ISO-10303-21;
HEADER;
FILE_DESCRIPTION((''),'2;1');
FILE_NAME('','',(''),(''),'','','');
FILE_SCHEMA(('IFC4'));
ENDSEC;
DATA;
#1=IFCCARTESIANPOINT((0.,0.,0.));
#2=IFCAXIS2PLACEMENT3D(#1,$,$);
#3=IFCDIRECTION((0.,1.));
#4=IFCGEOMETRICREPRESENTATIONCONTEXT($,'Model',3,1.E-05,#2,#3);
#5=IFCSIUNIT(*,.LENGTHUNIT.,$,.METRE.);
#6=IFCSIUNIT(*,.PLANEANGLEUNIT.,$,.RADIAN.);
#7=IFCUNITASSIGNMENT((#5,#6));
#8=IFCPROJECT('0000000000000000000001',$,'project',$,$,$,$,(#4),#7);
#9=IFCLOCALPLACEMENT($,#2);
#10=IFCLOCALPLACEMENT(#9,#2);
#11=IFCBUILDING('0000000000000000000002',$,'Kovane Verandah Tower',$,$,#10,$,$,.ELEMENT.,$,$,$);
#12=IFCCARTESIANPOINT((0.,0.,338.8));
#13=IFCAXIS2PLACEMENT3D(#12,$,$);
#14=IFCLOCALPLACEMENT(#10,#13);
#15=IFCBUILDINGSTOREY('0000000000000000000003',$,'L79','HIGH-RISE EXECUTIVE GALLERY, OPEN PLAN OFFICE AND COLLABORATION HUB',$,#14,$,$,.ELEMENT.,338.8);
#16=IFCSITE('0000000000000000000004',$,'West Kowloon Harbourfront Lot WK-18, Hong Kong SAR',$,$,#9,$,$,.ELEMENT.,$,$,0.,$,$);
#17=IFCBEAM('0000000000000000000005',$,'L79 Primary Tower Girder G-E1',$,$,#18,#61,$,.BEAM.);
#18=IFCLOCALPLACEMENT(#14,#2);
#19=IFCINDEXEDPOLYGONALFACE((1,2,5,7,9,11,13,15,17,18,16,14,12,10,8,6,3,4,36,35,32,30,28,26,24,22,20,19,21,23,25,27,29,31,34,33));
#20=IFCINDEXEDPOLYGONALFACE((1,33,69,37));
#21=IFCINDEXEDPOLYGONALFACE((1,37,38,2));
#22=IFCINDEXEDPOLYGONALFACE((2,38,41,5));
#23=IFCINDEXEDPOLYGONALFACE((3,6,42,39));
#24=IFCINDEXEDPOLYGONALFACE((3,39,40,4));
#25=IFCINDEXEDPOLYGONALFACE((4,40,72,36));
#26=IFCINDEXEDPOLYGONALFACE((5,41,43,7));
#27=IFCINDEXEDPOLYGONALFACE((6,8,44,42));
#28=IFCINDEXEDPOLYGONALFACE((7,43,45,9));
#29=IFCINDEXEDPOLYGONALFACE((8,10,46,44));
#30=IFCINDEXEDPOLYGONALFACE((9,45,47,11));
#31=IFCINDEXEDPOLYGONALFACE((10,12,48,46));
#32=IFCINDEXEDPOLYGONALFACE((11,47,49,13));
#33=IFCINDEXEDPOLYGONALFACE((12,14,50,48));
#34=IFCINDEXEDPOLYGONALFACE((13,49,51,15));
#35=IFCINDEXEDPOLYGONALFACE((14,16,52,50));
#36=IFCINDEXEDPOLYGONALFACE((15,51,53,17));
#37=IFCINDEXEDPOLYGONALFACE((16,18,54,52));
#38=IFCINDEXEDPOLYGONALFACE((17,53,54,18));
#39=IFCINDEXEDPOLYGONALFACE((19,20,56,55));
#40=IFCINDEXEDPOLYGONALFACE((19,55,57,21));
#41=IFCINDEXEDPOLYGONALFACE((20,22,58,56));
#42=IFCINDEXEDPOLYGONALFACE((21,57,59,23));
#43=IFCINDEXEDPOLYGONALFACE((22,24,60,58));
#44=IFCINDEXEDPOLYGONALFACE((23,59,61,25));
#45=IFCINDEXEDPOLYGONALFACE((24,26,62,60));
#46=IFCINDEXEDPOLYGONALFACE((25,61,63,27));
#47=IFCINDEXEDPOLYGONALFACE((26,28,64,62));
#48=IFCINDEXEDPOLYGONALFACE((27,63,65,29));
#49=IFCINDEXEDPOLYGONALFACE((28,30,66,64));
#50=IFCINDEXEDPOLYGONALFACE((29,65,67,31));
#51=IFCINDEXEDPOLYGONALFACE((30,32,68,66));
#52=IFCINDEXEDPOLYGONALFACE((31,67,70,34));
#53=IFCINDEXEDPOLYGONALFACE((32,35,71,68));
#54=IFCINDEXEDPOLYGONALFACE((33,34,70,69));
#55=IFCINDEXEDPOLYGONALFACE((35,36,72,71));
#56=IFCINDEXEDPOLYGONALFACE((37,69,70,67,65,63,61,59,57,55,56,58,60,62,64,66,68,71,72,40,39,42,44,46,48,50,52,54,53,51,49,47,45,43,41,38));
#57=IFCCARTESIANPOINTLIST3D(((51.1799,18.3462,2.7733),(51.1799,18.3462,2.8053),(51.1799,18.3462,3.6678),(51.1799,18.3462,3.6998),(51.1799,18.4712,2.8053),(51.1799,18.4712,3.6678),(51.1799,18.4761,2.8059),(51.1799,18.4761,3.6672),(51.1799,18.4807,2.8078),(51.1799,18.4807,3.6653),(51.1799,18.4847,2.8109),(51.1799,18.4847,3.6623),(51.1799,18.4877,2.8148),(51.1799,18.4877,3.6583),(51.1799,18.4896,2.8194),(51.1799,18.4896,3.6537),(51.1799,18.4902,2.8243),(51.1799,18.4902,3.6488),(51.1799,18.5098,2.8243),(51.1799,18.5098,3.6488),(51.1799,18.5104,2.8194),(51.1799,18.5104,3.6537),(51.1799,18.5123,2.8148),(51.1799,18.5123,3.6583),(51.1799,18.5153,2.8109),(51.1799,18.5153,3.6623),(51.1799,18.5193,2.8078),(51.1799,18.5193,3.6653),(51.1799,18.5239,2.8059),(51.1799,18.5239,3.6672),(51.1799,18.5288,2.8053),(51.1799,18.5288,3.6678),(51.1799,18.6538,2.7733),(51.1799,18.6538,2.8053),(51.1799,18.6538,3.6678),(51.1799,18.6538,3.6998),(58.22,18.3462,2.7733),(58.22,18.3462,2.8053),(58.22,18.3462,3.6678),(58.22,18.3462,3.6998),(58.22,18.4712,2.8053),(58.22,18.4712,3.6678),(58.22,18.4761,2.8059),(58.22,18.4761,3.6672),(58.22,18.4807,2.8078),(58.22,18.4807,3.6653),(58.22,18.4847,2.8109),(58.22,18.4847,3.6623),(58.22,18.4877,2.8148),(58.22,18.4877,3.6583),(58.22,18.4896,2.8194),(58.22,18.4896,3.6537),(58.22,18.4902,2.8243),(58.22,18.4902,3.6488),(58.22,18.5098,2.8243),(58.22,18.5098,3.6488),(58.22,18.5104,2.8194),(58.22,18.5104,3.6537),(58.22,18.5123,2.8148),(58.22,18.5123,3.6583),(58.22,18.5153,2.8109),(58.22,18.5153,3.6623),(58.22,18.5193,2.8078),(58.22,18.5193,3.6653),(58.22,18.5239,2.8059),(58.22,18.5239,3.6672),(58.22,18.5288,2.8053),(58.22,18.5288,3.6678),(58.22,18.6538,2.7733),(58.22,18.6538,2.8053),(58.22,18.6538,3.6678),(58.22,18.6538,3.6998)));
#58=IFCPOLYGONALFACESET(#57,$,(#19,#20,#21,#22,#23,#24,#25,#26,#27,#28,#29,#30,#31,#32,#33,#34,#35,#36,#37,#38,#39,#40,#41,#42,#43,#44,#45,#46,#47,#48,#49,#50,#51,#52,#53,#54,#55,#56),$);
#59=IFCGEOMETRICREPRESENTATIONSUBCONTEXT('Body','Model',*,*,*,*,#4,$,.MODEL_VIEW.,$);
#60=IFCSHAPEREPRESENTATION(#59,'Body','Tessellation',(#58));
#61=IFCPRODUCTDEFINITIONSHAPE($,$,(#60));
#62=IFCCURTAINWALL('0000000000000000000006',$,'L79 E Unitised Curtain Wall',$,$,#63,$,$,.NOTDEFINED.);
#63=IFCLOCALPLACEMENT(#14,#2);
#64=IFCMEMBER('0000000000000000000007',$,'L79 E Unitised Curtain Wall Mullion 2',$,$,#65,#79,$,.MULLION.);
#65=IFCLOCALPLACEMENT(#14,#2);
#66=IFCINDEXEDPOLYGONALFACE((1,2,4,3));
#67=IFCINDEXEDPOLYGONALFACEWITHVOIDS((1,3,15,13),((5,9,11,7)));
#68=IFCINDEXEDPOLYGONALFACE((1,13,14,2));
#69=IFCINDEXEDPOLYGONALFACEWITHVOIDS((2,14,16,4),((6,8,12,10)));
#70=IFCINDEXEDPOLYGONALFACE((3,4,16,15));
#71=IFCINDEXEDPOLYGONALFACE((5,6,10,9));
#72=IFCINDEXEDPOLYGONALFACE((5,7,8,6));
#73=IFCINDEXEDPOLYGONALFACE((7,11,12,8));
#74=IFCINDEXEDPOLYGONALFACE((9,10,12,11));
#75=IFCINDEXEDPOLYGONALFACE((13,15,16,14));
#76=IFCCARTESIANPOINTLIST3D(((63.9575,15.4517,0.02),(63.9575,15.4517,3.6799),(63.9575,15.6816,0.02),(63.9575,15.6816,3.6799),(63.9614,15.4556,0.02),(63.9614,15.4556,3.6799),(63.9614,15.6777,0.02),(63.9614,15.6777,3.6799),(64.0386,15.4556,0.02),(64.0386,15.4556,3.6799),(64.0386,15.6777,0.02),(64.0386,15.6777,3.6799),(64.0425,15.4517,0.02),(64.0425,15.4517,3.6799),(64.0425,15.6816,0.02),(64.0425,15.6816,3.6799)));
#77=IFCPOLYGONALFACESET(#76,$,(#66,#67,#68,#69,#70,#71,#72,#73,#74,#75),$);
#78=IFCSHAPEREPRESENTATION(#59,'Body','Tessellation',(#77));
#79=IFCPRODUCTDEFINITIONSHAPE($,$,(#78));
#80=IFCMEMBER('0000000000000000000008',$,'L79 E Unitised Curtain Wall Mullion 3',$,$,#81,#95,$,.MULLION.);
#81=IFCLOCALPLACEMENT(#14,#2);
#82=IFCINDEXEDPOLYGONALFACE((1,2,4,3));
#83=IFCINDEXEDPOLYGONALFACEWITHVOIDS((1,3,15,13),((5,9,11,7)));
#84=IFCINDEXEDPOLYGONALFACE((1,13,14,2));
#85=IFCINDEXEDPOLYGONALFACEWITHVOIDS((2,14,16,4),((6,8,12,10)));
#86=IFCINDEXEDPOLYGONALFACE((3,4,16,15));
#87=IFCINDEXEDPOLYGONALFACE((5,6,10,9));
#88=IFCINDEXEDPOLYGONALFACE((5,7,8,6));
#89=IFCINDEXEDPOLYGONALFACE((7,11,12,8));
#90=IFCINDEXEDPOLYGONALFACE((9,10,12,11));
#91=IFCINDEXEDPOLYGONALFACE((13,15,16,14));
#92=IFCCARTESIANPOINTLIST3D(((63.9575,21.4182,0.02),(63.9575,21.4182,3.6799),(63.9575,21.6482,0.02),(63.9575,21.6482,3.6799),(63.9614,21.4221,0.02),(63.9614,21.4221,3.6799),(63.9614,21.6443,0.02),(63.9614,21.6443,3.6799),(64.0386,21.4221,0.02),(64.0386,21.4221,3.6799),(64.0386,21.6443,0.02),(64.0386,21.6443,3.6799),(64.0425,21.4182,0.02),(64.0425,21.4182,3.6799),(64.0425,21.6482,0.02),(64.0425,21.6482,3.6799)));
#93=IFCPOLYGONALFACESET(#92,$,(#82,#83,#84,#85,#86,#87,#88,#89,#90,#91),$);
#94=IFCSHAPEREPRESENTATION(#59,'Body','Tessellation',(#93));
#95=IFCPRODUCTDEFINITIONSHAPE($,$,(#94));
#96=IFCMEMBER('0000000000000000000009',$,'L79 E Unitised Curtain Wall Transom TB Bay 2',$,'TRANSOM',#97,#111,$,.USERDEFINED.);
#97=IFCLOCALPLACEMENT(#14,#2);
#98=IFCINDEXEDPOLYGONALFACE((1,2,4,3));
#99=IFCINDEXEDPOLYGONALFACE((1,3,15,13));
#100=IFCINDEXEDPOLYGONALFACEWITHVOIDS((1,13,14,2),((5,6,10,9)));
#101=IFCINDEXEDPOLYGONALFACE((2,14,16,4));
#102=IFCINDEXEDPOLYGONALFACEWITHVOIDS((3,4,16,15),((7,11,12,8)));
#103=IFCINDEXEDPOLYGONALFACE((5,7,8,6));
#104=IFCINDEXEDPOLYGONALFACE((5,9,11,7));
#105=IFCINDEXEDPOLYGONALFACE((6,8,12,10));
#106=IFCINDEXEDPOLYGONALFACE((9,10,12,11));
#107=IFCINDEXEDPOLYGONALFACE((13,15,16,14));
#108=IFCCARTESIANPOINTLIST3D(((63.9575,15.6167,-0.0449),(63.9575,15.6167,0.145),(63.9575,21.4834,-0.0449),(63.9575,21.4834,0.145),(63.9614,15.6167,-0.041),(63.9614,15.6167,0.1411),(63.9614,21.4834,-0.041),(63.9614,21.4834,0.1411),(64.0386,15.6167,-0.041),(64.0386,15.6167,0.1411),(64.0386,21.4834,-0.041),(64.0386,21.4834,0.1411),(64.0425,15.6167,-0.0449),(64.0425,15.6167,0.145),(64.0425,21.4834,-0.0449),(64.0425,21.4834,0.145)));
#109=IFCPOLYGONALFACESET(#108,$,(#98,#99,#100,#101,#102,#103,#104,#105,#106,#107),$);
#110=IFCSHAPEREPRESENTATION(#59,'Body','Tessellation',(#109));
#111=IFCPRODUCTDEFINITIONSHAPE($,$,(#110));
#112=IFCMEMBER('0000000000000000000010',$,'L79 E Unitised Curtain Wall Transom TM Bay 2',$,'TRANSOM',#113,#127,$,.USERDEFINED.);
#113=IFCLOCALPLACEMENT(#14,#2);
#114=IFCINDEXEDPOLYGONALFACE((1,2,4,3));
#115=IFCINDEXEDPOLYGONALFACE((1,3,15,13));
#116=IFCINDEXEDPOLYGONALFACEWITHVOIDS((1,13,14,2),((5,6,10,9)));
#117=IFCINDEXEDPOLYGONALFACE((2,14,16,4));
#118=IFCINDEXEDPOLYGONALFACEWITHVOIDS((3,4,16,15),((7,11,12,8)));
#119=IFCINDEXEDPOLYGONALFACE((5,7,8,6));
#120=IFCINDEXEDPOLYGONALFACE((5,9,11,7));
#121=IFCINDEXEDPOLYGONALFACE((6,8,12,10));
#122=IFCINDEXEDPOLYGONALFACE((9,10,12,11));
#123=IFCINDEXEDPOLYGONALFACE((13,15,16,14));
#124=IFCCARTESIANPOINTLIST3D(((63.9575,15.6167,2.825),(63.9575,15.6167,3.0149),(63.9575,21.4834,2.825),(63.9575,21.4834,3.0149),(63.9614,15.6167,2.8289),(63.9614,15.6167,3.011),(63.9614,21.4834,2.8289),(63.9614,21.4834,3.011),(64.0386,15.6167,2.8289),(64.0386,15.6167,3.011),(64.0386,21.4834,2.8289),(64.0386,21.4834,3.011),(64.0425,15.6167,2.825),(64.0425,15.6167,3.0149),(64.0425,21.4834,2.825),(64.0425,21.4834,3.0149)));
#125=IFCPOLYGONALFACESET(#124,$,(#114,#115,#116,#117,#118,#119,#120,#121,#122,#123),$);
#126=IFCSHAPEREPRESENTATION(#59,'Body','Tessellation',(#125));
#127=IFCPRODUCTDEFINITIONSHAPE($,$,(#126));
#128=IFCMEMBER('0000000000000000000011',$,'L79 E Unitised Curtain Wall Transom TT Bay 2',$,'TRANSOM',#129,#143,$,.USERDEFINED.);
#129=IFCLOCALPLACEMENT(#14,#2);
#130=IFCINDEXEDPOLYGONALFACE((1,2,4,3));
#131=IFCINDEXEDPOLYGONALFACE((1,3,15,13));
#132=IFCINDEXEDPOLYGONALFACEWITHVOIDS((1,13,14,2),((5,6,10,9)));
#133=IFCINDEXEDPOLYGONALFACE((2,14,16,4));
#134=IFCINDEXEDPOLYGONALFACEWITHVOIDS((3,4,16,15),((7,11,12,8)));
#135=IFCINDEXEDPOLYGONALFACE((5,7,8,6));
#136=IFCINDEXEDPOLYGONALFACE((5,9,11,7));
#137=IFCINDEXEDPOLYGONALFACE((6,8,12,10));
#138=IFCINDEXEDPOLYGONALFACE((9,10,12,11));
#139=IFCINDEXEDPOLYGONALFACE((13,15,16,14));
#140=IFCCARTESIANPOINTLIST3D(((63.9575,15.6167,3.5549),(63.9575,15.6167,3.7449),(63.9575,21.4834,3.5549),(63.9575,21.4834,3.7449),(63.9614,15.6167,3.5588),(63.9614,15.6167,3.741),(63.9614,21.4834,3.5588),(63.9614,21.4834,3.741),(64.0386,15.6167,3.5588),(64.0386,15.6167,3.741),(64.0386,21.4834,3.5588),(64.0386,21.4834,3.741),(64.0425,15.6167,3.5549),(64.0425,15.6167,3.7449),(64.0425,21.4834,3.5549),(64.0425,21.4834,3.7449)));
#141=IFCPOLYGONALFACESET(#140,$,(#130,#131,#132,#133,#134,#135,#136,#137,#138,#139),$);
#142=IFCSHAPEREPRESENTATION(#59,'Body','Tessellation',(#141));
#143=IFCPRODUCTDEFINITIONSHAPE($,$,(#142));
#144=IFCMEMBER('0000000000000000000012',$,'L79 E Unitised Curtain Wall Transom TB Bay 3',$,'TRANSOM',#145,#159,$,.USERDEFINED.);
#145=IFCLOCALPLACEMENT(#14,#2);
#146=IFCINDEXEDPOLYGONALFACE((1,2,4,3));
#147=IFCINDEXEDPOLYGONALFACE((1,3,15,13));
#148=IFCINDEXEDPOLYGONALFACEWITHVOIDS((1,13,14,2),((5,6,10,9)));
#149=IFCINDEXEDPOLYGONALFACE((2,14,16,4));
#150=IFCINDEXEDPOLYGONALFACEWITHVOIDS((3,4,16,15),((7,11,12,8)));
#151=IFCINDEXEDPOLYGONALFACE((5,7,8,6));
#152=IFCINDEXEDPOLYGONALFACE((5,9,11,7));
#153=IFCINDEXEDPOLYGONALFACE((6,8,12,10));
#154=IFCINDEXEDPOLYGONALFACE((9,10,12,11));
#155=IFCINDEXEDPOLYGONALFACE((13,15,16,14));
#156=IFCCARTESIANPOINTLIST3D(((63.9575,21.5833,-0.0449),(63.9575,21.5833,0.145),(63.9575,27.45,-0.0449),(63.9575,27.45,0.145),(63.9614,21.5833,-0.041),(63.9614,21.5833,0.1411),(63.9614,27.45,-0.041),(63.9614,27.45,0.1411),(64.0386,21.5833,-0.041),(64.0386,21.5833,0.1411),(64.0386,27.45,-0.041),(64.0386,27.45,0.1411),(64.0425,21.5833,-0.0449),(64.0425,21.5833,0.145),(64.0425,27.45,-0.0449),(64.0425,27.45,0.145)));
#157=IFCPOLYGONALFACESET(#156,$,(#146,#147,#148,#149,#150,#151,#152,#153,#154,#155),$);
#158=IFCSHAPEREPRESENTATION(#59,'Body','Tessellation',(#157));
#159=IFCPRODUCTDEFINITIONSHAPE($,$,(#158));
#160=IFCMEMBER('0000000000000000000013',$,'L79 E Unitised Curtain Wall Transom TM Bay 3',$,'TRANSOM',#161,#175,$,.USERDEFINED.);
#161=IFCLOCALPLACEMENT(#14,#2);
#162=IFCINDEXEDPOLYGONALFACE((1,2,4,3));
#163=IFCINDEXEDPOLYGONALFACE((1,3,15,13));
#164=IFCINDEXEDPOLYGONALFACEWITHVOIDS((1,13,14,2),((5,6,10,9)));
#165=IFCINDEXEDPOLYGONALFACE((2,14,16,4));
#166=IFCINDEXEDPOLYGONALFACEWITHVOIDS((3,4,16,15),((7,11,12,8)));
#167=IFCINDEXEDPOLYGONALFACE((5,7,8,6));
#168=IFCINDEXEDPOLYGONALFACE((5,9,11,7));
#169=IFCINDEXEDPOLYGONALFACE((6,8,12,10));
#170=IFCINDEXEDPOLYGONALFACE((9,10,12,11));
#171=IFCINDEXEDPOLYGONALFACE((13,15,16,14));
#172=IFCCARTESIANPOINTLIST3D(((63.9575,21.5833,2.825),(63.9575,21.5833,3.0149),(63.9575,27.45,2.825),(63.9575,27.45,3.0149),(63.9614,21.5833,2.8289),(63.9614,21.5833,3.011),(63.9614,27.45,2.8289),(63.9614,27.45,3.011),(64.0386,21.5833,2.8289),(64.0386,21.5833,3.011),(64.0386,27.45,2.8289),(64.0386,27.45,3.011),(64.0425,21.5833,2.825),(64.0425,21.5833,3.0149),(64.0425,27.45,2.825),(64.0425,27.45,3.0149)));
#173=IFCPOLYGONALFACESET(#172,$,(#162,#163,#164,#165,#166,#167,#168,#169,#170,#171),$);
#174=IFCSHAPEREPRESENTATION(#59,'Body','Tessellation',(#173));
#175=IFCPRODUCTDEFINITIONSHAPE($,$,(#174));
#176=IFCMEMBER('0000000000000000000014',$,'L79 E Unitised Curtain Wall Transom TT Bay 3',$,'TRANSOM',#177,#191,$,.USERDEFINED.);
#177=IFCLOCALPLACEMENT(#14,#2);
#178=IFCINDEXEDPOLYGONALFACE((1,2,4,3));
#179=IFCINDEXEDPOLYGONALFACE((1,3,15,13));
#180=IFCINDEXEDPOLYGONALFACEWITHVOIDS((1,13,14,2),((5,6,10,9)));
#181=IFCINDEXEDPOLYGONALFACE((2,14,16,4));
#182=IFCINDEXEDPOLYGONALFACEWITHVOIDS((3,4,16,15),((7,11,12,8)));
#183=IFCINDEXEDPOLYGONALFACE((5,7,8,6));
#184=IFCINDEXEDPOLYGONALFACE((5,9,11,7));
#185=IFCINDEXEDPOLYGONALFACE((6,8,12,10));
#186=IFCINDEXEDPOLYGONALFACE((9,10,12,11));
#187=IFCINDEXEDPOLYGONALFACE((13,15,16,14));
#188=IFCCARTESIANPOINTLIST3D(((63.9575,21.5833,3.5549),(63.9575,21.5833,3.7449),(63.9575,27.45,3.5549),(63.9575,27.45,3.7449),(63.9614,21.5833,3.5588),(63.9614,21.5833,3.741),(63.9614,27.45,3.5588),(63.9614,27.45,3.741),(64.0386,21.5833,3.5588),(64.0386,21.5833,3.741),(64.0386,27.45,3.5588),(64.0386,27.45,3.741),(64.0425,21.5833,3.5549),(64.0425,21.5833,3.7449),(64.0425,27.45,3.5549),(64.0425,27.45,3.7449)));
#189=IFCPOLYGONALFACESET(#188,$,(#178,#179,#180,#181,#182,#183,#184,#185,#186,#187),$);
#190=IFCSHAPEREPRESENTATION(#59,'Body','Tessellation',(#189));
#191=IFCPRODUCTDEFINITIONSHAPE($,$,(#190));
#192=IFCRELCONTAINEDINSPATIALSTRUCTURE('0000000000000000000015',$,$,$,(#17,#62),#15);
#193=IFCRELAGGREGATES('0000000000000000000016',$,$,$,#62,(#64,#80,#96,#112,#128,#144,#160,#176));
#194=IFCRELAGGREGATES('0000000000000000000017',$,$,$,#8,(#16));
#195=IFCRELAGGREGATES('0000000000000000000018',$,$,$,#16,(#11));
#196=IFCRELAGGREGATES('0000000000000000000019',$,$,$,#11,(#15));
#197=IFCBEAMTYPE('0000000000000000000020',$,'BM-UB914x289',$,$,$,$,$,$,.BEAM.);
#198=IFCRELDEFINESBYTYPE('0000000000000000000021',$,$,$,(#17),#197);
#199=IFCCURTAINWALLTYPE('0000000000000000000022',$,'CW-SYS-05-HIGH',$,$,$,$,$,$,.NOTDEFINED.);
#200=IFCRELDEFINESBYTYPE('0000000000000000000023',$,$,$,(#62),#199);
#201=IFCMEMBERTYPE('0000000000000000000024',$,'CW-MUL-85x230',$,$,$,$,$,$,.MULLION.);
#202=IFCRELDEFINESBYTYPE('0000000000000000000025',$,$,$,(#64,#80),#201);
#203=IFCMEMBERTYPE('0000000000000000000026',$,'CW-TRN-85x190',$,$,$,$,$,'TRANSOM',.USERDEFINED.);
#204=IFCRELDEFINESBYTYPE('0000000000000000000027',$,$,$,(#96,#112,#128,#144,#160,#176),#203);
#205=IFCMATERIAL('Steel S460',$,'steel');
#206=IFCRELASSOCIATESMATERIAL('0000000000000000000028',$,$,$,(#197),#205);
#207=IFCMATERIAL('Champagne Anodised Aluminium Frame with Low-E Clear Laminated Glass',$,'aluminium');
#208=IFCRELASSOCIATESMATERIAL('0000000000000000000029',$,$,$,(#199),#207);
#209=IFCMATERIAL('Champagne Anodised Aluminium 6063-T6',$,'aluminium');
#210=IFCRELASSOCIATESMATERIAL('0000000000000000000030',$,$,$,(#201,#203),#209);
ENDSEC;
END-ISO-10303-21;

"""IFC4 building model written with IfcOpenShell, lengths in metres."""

from ifc_helpers import new_model, si_unit, direction, frame, origin, origin_2d, place, context, subcontext, project, spatial, hollow_rectangle, i_section, extrude, material, material_profile, profile_set, type_object, element, aggregate, save


model = new_model("IFC4")

# Units and contexts
model_context = context("Model", 3, precision=1e-05, world=origin(), true_north=direction((0.0, 1.0)))
body_context = subcontext(model_context, "Body", "Model", "MODEL_VIEW")
ifc_project = project(units=[si_unit("LENGTHUNIT", "METRE"), si_unit("PLANEANGLEUNIT", "RADIAN")], contexts=[model_context])

# Site, building, storey
site_placement = place(None, origin())
site = spatial("IfcSite", under=ifc_project, at=site_placement, Name="West Kowloon Harbourfront Lot WK-18, Hong Kong SAR", CompositionType="ELEMENT", RefElevation=0.0)
building_placement = place(site_placement, origin())
building = spatial("IfcBuilding", under=site, at=building_placement, Name="Kovane Verandah Tower", CompositionType="ELEMENT")
storey_placement = place(building_placement, frame((0.0, 0.0, 338.8)))
storey = spatial("IfcBuildingStorey", under=building, at=storey_placement, Name="L79", Description="HIGH-RISE EXECUTIVE GALLERY, OPEN PLAN OFFICE AND COLLABORATION HUB", CompositionType="ELEMENT", Elevation=338.8)

# Shared definitions
ifc_material_1 = material(Name="Steel S460", Category="steel")

# Beam
ifc_material_profile_1 = material_profile(ifc_material_1, i_section(OverallWidth=0.3076, OverallDepth=0.9265, WebThickness=0.0195, FlangeThickness=0.032, FilletRadius=0.019, at=origin_2d()), Name="UB914x305x289")
ifc_profile_set_1 = profile_set([ifc_material_profile_1], Name="Steel S460")
beam_type_1 = type_object("IfcBeamType", Name="BM-UB914x289", PredefinedType="BEAM", material=ifc_profile_set_1)
beam_1_placement = place(storey_placement, frame((51.1799, 18.5, 3.2366), z_axis=(1.0, 0.0, 0.0), x_axis=(0.0, 1.0, 0.0)))
element("IfcBeam", 1, at=beam_1_placement, inside=storey, type_object=beam_type_1, Name="L79 Primary Tower Girder G-E1", PredefinedType="BEAM", context=body_context, shape_type="SweptSolid", body=[
    extrude(i_section(OverallWidth=0.3076, OverallDepth=0.9265, WebThickness=0.0195, FlangeThickness=0.032, FilletRadius=0.019, at=origin_2d()), origin(), (0.0, 0.0, 1.0), 7.04),
])

# Curtain wall, members
ifc_material_2 = material(Name="Champagne Anodised Aluminium Frame with Low-E Clear Laminated Glass", Category="aluminium")
curtain_wall_type = type_object("IfcCurtainWallType", Name="CW-SYS-05-HIGH", PredefinedType="NOTDEFINED", material=ifc_material_2)
curtain_wall_placement = place(storey_placement, origin())
curtain_wall = element("IfcCurtainWall", 2, at=curtain_wall_placement, inside=storey, type_object=curtain_wall_type, Name="L79 E Unitised Curtain Wall", PredefinedType="NOTDEFINED")
ifc_material_3 = material(Name="Champagne Anodised Aluminium 6063-T6", Category="aluminium")
ifc_material_profile_2 = material_profile(ifc_material_3, hollow_rectangle(XDim=0.085, YDim=0.23, WallThickness=0.0039, at=origin_2d()), Name="AL85x230x4")
ifc_profile_set_2 = profile_set([ifc_material_profile_2], Name="Champagne Anodised Aluminium 6063-T6")
member_type_1 = type_object("IfcMemberType", Name="CW-MUL-85x230", PredefinedType="MULLION", material=ifc_profile_set_2)
member_1_placement = place(storey_placement, frame((64.0, 15.5667, 0.02), z_axis=(0.0, 0.0, 1.0), x_axis=(1.0, 0.0, 0.0)))
member_1 = element("IfcMember", 3, at=member_1_placement, type_object=member_type_1, Name="L79 E Unitised Curtain Wall Mullion 2", PredefinedType="MULLION", context=body_context, shape_type="SweptSolid", body=[
    extrude(hollow_rectangle(XDim=0.085, YDim=0.23, WallThickness=0.0039, at=origin_2d()), origin(), (0.0, 0.0, 1.0), 3.6599),
])
member_2_placement = place(storey_placement, frame((64.0, 21.5332, 0.02), z_axis=(0.0, 0.0, 1.0), x_axis=(1.0, 0.0, 0.0)))
member_2 = element("IfcMember", 4, at=member_2_placement, type_object=member_type_1, Name="L79 E Unitised Curtain Wall Mullion 3", PredefinedType="MULLION", context=body_context, shape_type="SweptSolid", body=[
    extrude(hollow_rectangle(XDim=0.085, YDim=0.23, WallThickness=0.0039, at=origin_2d()), origin(), (0.0, 0.0, 1.0), 3.6599),
])
ifc_material_profile_3 = material_profile(ifc_material_3, hollow_rectangle(XDim=0.085, YDim=0.1899, WallThickness=0.0039, at=origin_2d()), Name="AL85x190x4")
ifc_profile_set_3 = profile_set([ifc_material_profile_3], Name="Champagne Anodised Aluminium 6063-T6")
member_type_2 = type_object("IfcMemberType", Name="CW-TRN-85x190", ElementType="TRANSOM", PredefinedType="USERDEFINED", material=ifc_profile_set_3)
member_3_placement = place(storey_placement, frame((64.0, 15.6167, 0.05), z_axis=(0.0, 1.0, 0.0), x_axis=(-1.0, 0.0, 0.0)))
member_3 = element("IfcMember", 5, at=member_3_placement, type_object=member_type_2, Name="L79 E Unitised Curtain Wall Transom TB Bay 2", ObjectType="TRANSOM", PredefinedType="USERDEFINED", context=body_context, shape_type="SweptSolid", body=[
    extrude(hollow_rectangle(XDim=0.085, YDim=0.1899, WallThickness=0.0039, at=origin_2d()), origin(), (0.0, 0.0, 1.0), 5.8667),
])
member_4_placement = place(storey_placement, frame((64.0, 15.6167, 2.9199), z_axis=(0.0, 1.0, 0.0), x_axis=(-1.0, 0.0, 0.0)))
member_4 = element("IfcMember", 6, at=member_4_placement, type_object=member_type_2, Name="L79 E Unitised Curtain Wall Transom TM Bay 2", ObjectType="TRANSOM", PredefinedType="USERDEFINED", context=body_context, shape_type="SweptSolid", body=[
    extrude(hollow_rectangle(XDim=0.085, YDim=0.1899, WallThickness=0.0039, at=origin_2d()), origin(), (0.0, 0.0, 1.0), 5.8667),
])
member_5_placement = place(storey_placement, frame((64.0, 15.6167, 3.6499), z_axis=(0.0, 1.0, 0.0), x_axis=(-1.0, 0.0, 0.0)))
member_5 = element("IfcMember", 7, at=member_5_placement, type_object=member_type_2, Name="L79 E Unitised Curtain Wall Transom TT Bay 2", ObjectType="TRANSOM", PredefinedType="USERDEFINED", context=body_context, shape_type="SweptSolid", body=[
    extrude(hollow_rectangle(XDim=0.085, YDim=0.1899, WallThickness=0.0039, at=origin_2d()), origin(), (0.0, 0.0, 1.0), 5.8667),
])
member_6_placement = place(storey_placement, frame((64.0, 21.5833, 0.05), z_axis=(0.0, 1.0, 0.0), x_axis=(-1.0, 0.0, 0.0)))
member_6 = element("IfcMember", 8, at=member_6_placement, type_object=member_type_2, Name="L79 E Unitised Curtain Wall Transom TB Bay 3", ObjectType="TRANSOM", PredefinedType="USERDEFINED", context=body_context, shape_type="SweptSolid", body=[
    extrude(hollow_rectangle(XDim=0.085, YDim=0.1899, WallThickness=0.0039, at=origin_2d()), origin(), (0.0, 0.0, 1.0), 5.8667),
])
member_7_placement = place(storey_placement, frame((64.0, 21.5833, 2.9199), z_axis=(0.0, 1.0, 0.0), x_axis=(-1.0, 0.0, 0.0)))
member_7 = element("IfcMember", 9, at=member_7_placement, type_object=member_type_2, Name="L79 E Unitised Curtain Wall Transom TM Bay 3", ObjectType="TRANSOM", PredefinedType="USERDEFINED", context=body_context, shape_type="SweptSolid", body=[
    extrude(hollow_rectangle(XDim=0.085, YDim=0.1899, WallThickness=0.0039, at=origin_2d()), origin(), (0.0, 0.0, 1.0), 5.8667),
])
member_8_placement = place(storey_placement, frame((64.0, 21.5833, 3.6499), z_axis=(0.0, 1.0, 0.0), x_axis=(-1.0, 0.0, 0.0)))
member_8 = element("IfcMember", 10, at=member_8_placement, type_object=member_type_2, Name="L79 E Unitised Curtain Wall Transom TT Bay 3", ObjectType="TRANSOM", PredefinedType="USERDEFINED", context=body_context, shape_type="SweptSolid", body=[
    extrude(hollow_rectangle(XDim=0.085, YDim=0.1899, WallThickness=0.0039, at=origin_2d()), origin(), (0.0, 0.0, 1.0), 5.8667),
])
aggregate(curtain_wall, [member_1, member_2, member_3, member_4, member_5, member_6, member_7, member_8])

save(model, "model.ifc")
